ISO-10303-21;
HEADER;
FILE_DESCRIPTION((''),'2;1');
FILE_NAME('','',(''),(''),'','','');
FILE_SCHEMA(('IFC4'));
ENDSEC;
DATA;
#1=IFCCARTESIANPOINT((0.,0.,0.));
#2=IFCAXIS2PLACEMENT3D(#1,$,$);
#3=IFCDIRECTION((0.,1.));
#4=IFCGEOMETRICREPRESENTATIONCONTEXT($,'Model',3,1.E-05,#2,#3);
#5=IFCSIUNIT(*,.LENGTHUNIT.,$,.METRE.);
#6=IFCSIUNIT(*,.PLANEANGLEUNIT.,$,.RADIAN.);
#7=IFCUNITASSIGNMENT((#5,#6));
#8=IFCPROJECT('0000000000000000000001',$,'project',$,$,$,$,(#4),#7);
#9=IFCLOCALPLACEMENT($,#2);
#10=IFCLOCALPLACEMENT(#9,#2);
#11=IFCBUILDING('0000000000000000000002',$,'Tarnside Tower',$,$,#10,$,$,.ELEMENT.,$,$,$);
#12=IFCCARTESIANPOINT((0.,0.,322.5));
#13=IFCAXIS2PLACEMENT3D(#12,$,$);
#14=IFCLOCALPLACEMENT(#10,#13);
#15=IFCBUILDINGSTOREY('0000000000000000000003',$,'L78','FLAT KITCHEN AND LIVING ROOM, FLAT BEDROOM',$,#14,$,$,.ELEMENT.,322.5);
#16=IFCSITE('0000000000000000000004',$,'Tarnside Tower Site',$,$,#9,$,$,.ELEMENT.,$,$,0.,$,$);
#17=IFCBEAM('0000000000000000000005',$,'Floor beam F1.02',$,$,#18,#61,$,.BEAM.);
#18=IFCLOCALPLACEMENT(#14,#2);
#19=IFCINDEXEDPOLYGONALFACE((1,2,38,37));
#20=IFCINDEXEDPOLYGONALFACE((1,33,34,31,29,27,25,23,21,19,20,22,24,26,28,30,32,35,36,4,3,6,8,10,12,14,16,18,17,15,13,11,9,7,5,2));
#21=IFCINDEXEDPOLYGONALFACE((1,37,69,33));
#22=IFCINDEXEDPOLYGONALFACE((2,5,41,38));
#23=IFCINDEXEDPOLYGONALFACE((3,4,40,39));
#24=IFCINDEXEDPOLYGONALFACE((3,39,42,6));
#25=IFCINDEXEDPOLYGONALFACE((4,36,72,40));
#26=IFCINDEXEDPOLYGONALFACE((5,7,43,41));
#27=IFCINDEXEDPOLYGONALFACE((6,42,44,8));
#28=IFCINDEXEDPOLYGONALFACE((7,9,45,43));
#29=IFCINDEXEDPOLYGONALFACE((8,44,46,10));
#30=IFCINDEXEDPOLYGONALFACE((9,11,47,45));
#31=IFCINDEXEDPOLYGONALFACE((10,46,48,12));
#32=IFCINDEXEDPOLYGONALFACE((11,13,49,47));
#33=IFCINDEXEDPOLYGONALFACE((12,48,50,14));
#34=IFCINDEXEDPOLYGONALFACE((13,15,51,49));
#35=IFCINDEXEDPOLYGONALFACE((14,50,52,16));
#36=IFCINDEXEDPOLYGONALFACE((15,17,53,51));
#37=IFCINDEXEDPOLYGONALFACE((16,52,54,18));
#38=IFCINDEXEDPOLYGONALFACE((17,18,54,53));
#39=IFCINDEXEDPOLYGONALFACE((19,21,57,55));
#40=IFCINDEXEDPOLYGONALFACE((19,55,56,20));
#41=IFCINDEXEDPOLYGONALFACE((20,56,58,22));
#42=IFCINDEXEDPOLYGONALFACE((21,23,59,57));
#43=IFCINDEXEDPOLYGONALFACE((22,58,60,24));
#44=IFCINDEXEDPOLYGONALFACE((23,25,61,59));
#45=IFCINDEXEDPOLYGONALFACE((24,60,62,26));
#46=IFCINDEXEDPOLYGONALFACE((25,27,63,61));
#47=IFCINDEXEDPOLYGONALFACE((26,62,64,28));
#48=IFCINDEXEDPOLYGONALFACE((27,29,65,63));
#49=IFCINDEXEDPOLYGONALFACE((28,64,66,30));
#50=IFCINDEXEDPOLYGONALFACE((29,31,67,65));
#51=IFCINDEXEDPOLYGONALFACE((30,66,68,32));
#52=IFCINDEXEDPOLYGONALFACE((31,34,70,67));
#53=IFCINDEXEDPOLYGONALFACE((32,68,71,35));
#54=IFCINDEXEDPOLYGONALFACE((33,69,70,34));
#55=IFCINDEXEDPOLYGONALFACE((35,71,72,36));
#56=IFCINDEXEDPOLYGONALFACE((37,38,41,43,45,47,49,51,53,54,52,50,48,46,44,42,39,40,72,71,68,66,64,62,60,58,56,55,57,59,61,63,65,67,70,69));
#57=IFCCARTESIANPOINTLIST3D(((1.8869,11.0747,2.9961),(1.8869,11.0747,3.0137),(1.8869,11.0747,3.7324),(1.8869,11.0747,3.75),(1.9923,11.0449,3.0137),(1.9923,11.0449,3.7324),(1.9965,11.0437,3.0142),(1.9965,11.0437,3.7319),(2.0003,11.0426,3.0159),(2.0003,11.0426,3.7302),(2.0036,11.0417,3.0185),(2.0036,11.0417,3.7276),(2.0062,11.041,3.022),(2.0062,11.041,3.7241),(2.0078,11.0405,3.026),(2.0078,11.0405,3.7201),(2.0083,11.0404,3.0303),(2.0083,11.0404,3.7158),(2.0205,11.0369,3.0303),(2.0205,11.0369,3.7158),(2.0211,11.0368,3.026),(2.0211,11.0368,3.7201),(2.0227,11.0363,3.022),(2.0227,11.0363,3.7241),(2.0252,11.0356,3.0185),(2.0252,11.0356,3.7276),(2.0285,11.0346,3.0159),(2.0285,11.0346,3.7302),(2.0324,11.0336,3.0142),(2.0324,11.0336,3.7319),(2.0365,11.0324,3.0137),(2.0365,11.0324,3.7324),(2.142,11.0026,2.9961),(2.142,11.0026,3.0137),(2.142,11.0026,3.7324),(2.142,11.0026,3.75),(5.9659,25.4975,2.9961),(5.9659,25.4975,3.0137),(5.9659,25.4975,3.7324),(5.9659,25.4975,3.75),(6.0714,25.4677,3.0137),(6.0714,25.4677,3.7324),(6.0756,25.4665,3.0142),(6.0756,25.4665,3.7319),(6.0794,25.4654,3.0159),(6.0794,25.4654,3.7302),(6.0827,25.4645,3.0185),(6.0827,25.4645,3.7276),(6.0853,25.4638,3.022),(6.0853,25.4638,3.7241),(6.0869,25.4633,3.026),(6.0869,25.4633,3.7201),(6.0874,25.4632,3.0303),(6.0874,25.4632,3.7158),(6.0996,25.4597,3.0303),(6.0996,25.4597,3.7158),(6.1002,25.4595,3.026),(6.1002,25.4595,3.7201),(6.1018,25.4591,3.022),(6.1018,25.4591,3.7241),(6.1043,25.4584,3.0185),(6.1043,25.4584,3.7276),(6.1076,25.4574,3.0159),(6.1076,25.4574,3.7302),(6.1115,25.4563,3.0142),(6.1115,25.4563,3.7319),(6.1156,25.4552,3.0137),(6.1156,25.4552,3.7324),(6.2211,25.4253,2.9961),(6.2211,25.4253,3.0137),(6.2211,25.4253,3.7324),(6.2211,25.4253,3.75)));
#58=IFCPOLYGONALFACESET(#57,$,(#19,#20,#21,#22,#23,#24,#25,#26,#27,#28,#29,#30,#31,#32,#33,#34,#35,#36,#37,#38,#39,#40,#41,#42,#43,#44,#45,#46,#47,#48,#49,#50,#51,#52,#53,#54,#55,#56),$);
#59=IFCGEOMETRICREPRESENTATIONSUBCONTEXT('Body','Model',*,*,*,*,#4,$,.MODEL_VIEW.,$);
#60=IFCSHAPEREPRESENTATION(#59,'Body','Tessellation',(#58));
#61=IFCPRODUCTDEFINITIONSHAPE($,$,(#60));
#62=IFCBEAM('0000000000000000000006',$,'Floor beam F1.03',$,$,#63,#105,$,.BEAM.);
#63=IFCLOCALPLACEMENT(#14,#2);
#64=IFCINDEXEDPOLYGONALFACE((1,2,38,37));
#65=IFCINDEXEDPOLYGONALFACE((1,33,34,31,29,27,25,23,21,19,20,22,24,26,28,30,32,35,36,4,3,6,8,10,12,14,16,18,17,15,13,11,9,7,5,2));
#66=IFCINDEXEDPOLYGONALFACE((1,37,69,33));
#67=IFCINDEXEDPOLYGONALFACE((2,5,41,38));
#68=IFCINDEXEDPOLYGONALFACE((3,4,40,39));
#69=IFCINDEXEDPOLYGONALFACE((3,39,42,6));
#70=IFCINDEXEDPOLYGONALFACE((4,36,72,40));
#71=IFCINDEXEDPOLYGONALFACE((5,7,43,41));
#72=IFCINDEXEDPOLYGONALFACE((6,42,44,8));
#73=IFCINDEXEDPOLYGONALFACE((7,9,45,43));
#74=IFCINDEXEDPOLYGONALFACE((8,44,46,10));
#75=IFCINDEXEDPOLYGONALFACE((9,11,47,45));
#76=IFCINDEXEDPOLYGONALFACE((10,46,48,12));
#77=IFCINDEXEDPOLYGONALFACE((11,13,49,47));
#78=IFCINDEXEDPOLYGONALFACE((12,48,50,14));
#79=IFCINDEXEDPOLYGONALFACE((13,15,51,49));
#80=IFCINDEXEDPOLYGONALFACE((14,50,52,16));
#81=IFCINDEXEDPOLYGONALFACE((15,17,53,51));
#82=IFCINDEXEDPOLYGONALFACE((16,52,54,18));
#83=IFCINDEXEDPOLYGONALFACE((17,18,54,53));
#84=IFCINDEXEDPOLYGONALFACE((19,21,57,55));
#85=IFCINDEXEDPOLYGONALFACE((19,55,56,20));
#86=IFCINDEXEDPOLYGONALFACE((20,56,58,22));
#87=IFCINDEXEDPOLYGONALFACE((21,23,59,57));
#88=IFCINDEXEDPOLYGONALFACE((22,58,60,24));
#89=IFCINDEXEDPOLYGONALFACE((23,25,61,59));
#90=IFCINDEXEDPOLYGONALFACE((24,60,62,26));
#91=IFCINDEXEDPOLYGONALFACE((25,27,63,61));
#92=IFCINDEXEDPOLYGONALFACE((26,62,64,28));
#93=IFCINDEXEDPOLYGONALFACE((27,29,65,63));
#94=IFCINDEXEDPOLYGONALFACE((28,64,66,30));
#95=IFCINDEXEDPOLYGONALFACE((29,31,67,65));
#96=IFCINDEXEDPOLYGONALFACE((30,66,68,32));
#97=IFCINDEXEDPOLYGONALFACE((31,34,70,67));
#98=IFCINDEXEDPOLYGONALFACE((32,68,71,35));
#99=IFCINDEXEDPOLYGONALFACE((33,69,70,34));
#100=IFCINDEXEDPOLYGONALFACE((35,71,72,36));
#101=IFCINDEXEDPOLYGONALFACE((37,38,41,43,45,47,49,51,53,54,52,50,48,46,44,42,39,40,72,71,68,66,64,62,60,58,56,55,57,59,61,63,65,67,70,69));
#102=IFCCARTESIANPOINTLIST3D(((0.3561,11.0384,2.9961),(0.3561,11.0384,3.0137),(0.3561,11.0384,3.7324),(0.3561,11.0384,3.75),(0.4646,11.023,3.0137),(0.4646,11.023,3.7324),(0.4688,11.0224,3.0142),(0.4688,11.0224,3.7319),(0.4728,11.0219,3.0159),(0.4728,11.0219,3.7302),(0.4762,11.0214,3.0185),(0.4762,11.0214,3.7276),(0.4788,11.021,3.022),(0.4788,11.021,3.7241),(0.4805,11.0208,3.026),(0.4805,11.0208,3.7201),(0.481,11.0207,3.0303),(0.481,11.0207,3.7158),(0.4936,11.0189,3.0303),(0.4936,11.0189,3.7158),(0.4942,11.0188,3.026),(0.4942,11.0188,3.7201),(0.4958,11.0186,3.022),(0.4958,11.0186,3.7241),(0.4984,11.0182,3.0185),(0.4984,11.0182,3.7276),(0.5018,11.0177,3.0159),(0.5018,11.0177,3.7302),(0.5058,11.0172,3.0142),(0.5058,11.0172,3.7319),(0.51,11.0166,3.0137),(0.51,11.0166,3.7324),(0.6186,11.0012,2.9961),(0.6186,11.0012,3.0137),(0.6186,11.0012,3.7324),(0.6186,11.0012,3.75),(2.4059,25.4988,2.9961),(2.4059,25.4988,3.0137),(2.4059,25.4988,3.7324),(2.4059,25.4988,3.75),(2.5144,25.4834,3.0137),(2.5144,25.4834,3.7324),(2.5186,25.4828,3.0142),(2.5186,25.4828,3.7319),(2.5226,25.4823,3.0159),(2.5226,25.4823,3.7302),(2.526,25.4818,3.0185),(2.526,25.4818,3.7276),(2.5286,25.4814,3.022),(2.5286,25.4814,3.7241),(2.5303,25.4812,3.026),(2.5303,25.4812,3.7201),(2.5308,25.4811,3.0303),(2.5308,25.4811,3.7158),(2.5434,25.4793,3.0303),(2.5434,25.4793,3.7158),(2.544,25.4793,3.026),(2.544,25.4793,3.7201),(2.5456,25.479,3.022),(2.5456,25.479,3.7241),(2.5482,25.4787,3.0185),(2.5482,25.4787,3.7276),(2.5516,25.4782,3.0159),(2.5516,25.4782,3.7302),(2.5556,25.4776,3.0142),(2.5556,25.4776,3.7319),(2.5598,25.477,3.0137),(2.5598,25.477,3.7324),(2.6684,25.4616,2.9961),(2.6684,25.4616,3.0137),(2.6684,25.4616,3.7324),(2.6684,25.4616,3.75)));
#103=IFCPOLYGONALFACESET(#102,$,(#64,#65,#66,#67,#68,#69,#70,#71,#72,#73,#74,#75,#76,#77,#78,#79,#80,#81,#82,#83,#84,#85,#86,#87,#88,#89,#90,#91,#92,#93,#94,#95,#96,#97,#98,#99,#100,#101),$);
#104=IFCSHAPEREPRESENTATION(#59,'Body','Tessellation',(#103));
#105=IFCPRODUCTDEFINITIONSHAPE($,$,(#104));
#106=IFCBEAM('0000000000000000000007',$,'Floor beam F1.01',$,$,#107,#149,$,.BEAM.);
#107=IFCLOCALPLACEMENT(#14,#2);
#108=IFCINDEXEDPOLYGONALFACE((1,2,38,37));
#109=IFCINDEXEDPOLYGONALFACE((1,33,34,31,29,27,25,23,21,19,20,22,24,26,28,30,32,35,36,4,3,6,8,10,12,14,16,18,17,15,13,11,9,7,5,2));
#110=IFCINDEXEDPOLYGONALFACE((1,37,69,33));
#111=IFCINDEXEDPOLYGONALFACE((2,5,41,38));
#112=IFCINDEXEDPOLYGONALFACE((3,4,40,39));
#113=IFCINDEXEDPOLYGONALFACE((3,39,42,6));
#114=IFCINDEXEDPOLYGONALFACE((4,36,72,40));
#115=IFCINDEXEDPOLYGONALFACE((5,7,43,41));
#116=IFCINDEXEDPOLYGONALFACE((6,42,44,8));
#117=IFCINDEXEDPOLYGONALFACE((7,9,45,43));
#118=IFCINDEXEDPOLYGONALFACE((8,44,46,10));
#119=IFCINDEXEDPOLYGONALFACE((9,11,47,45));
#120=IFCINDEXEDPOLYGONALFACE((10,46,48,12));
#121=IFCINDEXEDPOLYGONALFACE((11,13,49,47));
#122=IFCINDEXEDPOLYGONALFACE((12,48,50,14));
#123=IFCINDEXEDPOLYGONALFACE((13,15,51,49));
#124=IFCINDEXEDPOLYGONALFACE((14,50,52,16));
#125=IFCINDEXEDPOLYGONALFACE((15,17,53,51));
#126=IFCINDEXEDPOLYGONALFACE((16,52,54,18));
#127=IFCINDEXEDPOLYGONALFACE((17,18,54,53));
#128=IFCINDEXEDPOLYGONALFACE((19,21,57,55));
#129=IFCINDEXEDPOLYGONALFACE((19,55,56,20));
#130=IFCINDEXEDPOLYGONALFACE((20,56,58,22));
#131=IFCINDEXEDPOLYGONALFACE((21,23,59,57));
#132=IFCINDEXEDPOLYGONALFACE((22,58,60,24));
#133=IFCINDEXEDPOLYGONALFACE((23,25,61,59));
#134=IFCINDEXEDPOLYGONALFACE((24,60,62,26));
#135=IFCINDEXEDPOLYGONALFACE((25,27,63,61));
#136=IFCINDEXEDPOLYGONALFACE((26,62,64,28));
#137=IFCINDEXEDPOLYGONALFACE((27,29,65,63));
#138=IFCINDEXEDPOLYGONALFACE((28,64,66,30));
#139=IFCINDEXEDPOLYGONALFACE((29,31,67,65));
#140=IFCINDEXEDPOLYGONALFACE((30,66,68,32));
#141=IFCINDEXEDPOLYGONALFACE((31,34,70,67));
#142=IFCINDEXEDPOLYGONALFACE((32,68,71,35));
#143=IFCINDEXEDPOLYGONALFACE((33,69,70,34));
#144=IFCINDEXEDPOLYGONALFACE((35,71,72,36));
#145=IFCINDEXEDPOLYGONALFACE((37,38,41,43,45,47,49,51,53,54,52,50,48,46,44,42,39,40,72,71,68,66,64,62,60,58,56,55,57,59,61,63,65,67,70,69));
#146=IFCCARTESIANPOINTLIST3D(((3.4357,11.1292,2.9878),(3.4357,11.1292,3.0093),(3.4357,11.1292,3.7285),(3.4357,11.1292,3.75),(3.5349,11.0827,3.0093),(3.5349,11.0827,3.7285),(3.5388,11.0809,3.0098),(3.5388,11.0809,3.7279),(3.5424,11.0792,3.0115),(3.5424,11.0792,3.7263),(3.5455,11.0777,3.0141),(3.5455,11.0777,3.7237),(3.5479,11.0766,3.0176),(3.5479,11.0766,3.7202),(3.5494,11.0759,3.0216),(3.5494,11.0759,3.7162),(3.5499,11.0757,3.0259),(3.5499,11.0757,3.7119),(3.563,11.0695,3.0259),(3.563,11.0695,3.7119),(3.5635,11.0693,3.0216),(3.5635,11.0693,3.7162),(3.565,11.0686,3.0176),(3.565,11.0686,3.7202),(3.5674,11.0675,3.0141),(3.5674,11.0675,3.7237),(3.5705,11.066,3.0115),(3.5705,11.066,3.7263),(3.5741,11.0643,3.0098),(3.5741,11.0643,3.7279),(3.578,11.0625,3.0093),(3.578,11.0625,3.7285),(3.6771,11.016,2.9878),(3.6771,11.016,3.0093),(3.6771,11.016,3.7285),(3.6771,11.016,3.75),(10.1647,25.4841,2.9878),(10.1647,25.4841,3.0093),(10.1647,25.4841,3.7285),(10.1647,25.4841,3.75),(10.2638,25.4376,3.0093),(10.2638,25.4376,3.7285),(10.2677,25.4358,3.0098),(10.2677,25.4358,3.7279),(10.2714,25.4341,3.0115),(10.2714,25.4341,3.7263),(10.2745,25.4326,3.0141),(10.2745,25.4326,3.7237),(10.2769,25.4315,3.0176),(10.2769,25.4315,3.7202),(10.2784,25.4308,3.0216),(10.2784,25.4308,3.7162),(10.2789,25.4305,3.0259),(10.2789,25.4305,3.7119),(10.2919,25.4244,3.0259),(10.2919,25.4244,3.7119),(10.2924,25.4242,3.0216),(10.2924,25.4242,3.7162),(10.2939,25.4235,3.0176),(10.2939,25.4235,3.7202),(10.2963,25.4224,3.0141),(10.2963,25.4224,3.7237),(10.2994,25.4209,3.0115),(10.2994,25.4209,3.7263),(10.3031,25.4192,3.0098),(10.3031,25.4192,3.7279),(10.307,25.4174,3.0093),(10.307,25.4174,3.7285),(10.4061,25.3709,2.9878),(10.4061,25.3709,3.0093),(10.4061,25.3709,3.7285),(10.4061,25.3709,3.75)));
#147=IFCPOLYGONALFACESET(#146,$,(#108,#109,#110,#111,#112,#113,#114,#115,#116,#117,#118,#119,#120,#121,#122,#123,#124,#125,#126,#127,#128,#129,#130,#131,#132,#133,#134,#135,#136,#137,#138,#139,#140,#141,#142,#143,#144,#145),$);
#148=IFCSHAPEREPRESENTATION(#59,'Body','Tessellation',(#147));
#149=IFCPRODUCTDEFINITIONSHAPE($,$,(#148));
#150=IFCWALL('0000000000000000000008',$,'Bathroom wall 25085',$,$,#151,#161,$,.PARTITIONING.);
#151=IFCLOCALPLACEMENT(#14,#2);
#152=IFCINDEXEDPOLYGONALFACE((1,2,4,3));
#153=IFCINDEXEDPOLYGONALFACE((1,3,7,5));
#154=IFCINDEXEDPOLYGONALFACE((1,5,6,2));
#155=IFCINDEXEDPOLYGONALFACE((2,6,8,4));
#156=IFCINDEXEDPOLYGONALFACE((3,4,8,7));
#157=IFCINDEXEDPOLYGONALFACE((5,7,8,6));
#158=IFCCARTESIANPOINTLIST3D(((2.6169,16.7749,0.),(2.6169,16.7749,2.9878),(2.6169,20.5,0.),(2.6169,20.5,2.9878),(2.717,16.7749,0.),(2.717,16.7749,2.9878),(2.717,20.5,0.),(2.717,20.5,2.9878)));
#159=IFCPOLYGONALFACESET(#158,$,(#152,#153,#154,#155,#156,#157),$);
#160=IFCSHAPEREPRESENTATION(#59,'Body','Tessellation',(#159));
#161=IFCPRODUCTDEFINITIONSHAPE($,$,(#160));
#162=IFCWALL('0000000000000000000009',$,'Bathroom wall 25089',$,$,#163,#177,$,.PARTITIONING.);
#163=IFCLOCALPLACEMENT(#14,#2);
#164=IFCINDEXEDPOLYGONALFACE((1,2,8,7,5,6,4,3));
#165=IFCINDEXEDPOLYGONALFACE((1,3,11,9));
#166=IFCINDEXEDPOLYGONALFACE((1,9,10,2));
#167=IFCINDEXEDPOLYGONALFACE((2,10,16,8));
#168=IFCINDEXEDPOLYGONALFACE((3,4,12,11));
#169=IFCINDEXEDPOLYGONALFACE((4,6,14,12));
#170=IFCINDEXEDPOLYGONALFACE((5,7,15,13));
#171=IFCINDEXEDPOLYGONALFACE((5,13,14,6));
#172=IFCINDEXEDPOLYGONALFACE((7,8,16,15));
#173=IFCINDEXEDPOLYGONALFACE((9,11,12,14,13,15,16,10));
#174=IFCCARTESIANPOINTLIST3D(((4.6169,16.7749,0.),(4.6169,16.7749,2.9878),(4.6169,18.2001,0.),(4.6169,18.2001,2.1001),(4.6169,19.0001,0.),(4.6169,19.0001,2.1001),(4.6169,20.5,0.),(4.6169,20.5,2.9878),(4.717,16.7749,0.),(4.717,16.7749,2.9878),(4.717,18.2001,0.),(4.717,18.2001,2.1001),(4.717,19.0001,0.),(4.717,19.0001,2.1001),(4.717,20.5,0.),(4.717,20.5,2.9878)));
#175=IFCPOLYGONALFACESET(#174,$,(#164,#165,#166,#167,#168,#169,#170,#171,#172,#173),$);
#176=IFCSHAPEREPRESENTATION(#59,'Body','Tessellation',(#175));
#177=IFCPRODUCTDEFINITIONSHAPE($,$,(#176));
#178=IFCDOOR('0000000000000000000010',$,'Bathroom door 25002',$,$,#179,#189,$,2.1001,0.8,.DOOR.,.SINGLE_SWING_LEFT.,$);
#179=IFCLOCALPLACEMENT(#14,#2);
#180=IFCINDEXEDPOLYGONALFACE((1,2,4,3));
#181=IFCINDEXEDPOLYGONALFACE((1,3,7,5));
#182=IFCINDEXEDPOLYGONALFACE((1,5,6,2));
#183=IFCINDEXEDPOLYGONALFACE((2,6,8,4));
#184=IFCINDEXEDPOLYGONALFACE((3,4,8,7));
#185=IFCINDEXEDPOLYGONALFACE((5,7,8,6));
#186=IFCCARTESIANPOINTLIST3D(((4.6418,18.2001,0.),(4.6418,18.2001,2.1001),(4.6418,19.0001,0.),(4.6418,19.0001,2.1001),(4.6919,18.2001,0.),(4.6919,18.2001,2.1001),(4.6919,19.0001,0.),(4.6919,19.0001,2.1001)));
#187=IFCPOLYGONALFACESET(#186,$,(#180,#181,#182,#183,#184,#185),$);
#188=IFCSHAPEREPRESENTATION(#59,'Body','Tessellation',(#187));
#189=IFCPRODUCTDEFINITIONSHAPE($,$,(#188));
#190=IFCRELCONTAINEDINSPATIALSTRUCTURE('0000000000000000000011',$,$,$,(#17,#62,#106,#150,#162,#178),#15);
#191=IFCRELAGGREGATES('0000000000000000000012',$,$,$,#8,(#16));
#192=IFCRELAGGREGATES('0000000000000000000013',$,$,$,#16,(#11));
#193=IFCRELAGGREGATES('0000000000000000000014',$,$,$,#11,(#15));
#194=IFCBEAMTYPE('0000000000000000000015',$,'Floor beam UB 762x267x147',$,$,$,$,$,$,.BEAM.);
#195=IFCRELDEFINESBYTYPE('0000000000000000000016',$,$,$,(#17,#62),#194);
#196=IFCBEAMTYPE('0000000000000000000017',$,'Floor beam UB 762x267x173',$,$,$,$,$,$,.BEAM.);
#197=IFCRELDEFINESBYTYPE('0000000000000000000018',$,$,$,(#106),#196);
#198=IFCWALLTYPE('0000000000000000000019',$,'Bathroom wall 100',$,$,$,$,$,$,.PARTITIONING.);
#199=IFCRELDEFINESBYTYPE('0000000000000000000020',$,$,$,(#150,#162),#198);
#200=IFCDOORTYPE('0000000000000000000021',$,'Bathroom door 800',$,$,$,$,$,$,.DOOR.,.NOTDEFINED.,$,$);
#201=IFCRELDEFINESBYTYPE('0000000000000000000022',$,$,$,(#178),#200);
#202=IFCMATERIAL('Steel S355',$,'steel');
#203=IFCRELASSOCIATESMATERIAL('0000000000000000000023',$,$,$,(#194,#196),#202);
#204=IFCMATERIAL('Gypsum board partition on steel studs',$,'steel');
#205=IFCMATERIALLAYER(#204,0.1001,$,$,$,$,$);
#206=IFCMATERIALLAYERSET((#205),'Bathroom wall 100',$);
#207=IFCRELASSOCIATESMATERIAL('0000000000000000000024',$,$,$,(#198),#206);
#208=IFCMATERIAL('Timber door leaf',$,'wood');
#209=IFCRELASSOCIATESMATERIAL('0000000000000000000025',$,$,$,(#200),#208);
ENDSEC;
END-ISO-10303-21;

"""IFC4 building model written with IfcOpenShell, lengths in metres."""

from ifc_helpers import new_model, si_unit, direction, frame, frame_2d, origin, origin_2d, place, context, subcontext, project, spatial, rectangle, i_section, extrude, material, layer, layer_set, material_profile, profile_set, type_object, element, fill, save


model = new_model("IFC4")

# Units and contexts
model_context = context("Model", 3, precision=1e-05, world=origin(), true_north=direction((0.0, 1.0)))
body_context = subcontext(model_context, "Body", "Model", "MODEL_VIEW")
ifc_project = project(units=[si_unit("LENGTHUNIT", "METRE"), si_unit("PLANEANGLEUNIT", "RADIAN")], contexts=[model_context])

# Site, building, storey
site_placement = place(None, origin())
site = spatial("IfcSite", under=ifc_project, at=site_placement, Name="Tarnside Tower Site", CompositionType="ELEMENT", RefElevation=0.0)
building_placement = place(site_placement, origin())
building = spatial("IfcBuilding", under=site, at=building_placement, Name="Tarnside Tower", CompositionType="ELEMENT")
storey_placement = place(building_placement, frame((0.0, 0.0, 322.5)))
storey = spatial("IfcBuildingStorey", under=building, at=storey_placement, Name="L78", Description="FLAT KITCHEN AND LIVING ROOM, FLAT BEDROOM", CompositionType="ELEMENT", Elevation=322.5)

# Beams
ifc_material_1 = material(Name="Steel S355", Category="steel")
ifc_material_profile_1 = material_profile(ifc_material_1, i_section(OverallWidth=0.2651, OverallDepth=0.7539, WebThickness=0.0127, FlangeThickness=0.0176, FilletRadius=0.0166, at=origin_2d()), Name="UB 762x267x147")
ifc_profile_set_1 = profile_set([ifc_material_profile_1], Name="Steel S355")
beam_type_1 = type_object("IfcBeamType", Name="Floor beam UB 762x267x147", PredefinedType="BEAM", material=ifc_profile_set_1)
beam_1_placement = place(storey_placement, frame((6.0935, 25.4614, 3.373), z_axis=(-0.272147, -0.962256, 0.0), x_axis=(0.962256, -0.272147, 0.0)))
element("IfcBeam", 1, at=beam_1_placement, inside=storey, type_object=beam_type_1, Name="Floor beam F1.02", PredefinedType="BEAM", context=body_context, shape_type="SweptSolid", body=[
    extrude(i_section(OverallWidth=0.2651, OverallDepth=0.7539, WebThickness=0.0127, FlangeThickness=0.0176, FilletRadius=0.0166, at=origin_2d()), origin(), (0.0, 0.0, 1.0), 14.9885),
])
beam_2_placement = place(storey_placement, frame((2.5371, 25.4802, 3.373), z_axis=(-0.140349, -0.990102, 0.0), x_axis=(0.990102, -0.140349, 0.0)))
element("IfcBeam", 2, at=beam_2_placement, inside=storey, type_object=beam_type_1, Name="Floor beam F1.03", PredefinedType="BEAM", context=body_context, shape_type="SweptSolid", body=[
    extrude(i_section(OverallWidth=0.2651, OverallDepth=0.7539, WebThickness=0.0127, FlangeThickness=0.0176, FilletRadius=0.0166, at=origin_2d()), origin(), (0.0, 0.0, 1.0), 14.605),
])
ifc_material_profile_2 = material_profile(ifc_material_1, i_section(OverallWidth=0.2666, OverallDepth=0.7622, WebThickness=0.0144, FlangeThickness=0.0215, FilletRadius=0.0166, at=origin_2d()), Name="UB 762x267x173")
ifc_profile_set_2 = profile_set([ifc_material_profile_2], Name="Steel S355")
beam_type_2 = type_object("IfcBeamType", Name="Floor beam UB 762x267x173", PredefinedType="BEAM", material=ifc_profile_set_2)
beam_3_placement = place(storey_placement, frame((10.2854, 25.4275, 3.3689), z_axis=(-0.424439, -0.905456, 0.0), x_axis=(0.905456, -0.424439, 0.0)))
element("IfcBeam", 3, at=beam_3_placement, inside=storey, type_object=beam_type_2, Name="Floor beam F1.01", PredefinedType="BEAM", context=body_context, shape_type="SweptSolid", body=[
    extrude(i_section(OverallWidth=0.2666, OverallDepth=0.7622, WebThickness=0.0144, FlangeThickness=0.0215, FilletRadius=0.0166, at=origin_2d()), origin(), (0.0, 0.0, 1.0), 15.8538),
])

# Wall
ifc_material_2 = material(Name="Gypsum board partition on steel studs", Category="steel")
ifc_layer_1 = layer(ifc_material_2, 0.1001)
ifc_layer_set_1 = layer_set([ifc_layer_1], Name="Bathroom wall 100")
wall_type_1 = type_object("IfcWallType", Name="Bathroom wall 100", PredefinedType="PARTITIONING", material=ifc_layer_set_1)
wall_1_placement = place(storey_placement, frame((2.667, 16.7749, 0.0), z_axis=(0.0, 0.0, 1.0), x_axis=(0.0, 1.0, 0.0)))
element("IfcWall", 4, at=wall_1_placement, inside=storey, type_object=wall_type_1, Name="Bathroom wall 25085", PredefinedType="PARTITIONING", context=body_context, shape_type="SweptSolid", body=[
    extrude(rectangle(XDim=3.7251, YDim=0.1001, at=frame_2d((1.8625, 0.0))), origin(), (0.0, 0.0, 1.0), 2.9878),
])

# Wall, opening, door
wall_2_placement = place(storey_placement, frame((4.667, 20.5, 0.0), z_axis=(0.0, 0.0, 1.0), x_axis=(0.0, -1.0, 0.0)))
wall_2 = element("IfcWall", 5, at=wall_2_placement, inside=storey, type_object=wall_type_1, Name="Bathroom wall 25089", PredefinedType="PARTITIONING", context=body_context, shape_type="SweptSolid", body=[
    extrude(rectangle(XDim=3.7251, YDim=0.1001, at=frame_2d((1.8625, 0.0))), origin(), (0.0, 0.0, 1.0), 2.9878),
])
opening_1_placement = place(wall_2_placement, frame((1.5, 0.0, 0.0)))
opening_1 = element("IfcOpeningElement", 6, at=opening_1_placement, cuts=wall_2, PredefinedType="OPENING", context=body_context, shape_type="SweptSolid", body=[
    extrude(rectangle(XDim=0.8, YDim=2.1001, at=frame_2d((0.3999, 1.05))), frame((0.0, 0.0601, 0.0), z_axis=(0.0, -1.0, 0.0), x_axis=(1.0, 0.0, 0.0)), (0.0, 0.0, 1.0), 0.1201),
])
ifc_material_3 = material(Name="Timber door leaf", Category="wood")
door_type_1 = type_object("IfcDoorType", Name="Bathroom door 800", OperationType="NOTDEFINED", PredefinedType="DOOR", material=ifc_material_3)
door_1_placement = place(opening_1_placement, origin())
door_1 = element("IfcDoor", 7, at=door_1_placement, inside=storey, type_object=door_type_1, Name="Bathroom door 25002", OperationType="SINGLE_SWING_LEFT", OverallHeight=2.1001, OverallWidth=0.8, PredefinedType="DOOR", context=body_context, shape_type="SweptSolid", body=[
    extrude(rectangle(XDim=0.8, YDim=2.1001, at=frame_2d((0.3999, 1.05))), frame((0.0, 0.0249, 0.0), z_axis=(0.0, -1.0, 0.0), x_axis=(1.0, 0.0, 0.0)), (0.0, 0.0, 1.0), 0.05),
])
fill(opening_1, door_1)

save(model, "model.ifc")
